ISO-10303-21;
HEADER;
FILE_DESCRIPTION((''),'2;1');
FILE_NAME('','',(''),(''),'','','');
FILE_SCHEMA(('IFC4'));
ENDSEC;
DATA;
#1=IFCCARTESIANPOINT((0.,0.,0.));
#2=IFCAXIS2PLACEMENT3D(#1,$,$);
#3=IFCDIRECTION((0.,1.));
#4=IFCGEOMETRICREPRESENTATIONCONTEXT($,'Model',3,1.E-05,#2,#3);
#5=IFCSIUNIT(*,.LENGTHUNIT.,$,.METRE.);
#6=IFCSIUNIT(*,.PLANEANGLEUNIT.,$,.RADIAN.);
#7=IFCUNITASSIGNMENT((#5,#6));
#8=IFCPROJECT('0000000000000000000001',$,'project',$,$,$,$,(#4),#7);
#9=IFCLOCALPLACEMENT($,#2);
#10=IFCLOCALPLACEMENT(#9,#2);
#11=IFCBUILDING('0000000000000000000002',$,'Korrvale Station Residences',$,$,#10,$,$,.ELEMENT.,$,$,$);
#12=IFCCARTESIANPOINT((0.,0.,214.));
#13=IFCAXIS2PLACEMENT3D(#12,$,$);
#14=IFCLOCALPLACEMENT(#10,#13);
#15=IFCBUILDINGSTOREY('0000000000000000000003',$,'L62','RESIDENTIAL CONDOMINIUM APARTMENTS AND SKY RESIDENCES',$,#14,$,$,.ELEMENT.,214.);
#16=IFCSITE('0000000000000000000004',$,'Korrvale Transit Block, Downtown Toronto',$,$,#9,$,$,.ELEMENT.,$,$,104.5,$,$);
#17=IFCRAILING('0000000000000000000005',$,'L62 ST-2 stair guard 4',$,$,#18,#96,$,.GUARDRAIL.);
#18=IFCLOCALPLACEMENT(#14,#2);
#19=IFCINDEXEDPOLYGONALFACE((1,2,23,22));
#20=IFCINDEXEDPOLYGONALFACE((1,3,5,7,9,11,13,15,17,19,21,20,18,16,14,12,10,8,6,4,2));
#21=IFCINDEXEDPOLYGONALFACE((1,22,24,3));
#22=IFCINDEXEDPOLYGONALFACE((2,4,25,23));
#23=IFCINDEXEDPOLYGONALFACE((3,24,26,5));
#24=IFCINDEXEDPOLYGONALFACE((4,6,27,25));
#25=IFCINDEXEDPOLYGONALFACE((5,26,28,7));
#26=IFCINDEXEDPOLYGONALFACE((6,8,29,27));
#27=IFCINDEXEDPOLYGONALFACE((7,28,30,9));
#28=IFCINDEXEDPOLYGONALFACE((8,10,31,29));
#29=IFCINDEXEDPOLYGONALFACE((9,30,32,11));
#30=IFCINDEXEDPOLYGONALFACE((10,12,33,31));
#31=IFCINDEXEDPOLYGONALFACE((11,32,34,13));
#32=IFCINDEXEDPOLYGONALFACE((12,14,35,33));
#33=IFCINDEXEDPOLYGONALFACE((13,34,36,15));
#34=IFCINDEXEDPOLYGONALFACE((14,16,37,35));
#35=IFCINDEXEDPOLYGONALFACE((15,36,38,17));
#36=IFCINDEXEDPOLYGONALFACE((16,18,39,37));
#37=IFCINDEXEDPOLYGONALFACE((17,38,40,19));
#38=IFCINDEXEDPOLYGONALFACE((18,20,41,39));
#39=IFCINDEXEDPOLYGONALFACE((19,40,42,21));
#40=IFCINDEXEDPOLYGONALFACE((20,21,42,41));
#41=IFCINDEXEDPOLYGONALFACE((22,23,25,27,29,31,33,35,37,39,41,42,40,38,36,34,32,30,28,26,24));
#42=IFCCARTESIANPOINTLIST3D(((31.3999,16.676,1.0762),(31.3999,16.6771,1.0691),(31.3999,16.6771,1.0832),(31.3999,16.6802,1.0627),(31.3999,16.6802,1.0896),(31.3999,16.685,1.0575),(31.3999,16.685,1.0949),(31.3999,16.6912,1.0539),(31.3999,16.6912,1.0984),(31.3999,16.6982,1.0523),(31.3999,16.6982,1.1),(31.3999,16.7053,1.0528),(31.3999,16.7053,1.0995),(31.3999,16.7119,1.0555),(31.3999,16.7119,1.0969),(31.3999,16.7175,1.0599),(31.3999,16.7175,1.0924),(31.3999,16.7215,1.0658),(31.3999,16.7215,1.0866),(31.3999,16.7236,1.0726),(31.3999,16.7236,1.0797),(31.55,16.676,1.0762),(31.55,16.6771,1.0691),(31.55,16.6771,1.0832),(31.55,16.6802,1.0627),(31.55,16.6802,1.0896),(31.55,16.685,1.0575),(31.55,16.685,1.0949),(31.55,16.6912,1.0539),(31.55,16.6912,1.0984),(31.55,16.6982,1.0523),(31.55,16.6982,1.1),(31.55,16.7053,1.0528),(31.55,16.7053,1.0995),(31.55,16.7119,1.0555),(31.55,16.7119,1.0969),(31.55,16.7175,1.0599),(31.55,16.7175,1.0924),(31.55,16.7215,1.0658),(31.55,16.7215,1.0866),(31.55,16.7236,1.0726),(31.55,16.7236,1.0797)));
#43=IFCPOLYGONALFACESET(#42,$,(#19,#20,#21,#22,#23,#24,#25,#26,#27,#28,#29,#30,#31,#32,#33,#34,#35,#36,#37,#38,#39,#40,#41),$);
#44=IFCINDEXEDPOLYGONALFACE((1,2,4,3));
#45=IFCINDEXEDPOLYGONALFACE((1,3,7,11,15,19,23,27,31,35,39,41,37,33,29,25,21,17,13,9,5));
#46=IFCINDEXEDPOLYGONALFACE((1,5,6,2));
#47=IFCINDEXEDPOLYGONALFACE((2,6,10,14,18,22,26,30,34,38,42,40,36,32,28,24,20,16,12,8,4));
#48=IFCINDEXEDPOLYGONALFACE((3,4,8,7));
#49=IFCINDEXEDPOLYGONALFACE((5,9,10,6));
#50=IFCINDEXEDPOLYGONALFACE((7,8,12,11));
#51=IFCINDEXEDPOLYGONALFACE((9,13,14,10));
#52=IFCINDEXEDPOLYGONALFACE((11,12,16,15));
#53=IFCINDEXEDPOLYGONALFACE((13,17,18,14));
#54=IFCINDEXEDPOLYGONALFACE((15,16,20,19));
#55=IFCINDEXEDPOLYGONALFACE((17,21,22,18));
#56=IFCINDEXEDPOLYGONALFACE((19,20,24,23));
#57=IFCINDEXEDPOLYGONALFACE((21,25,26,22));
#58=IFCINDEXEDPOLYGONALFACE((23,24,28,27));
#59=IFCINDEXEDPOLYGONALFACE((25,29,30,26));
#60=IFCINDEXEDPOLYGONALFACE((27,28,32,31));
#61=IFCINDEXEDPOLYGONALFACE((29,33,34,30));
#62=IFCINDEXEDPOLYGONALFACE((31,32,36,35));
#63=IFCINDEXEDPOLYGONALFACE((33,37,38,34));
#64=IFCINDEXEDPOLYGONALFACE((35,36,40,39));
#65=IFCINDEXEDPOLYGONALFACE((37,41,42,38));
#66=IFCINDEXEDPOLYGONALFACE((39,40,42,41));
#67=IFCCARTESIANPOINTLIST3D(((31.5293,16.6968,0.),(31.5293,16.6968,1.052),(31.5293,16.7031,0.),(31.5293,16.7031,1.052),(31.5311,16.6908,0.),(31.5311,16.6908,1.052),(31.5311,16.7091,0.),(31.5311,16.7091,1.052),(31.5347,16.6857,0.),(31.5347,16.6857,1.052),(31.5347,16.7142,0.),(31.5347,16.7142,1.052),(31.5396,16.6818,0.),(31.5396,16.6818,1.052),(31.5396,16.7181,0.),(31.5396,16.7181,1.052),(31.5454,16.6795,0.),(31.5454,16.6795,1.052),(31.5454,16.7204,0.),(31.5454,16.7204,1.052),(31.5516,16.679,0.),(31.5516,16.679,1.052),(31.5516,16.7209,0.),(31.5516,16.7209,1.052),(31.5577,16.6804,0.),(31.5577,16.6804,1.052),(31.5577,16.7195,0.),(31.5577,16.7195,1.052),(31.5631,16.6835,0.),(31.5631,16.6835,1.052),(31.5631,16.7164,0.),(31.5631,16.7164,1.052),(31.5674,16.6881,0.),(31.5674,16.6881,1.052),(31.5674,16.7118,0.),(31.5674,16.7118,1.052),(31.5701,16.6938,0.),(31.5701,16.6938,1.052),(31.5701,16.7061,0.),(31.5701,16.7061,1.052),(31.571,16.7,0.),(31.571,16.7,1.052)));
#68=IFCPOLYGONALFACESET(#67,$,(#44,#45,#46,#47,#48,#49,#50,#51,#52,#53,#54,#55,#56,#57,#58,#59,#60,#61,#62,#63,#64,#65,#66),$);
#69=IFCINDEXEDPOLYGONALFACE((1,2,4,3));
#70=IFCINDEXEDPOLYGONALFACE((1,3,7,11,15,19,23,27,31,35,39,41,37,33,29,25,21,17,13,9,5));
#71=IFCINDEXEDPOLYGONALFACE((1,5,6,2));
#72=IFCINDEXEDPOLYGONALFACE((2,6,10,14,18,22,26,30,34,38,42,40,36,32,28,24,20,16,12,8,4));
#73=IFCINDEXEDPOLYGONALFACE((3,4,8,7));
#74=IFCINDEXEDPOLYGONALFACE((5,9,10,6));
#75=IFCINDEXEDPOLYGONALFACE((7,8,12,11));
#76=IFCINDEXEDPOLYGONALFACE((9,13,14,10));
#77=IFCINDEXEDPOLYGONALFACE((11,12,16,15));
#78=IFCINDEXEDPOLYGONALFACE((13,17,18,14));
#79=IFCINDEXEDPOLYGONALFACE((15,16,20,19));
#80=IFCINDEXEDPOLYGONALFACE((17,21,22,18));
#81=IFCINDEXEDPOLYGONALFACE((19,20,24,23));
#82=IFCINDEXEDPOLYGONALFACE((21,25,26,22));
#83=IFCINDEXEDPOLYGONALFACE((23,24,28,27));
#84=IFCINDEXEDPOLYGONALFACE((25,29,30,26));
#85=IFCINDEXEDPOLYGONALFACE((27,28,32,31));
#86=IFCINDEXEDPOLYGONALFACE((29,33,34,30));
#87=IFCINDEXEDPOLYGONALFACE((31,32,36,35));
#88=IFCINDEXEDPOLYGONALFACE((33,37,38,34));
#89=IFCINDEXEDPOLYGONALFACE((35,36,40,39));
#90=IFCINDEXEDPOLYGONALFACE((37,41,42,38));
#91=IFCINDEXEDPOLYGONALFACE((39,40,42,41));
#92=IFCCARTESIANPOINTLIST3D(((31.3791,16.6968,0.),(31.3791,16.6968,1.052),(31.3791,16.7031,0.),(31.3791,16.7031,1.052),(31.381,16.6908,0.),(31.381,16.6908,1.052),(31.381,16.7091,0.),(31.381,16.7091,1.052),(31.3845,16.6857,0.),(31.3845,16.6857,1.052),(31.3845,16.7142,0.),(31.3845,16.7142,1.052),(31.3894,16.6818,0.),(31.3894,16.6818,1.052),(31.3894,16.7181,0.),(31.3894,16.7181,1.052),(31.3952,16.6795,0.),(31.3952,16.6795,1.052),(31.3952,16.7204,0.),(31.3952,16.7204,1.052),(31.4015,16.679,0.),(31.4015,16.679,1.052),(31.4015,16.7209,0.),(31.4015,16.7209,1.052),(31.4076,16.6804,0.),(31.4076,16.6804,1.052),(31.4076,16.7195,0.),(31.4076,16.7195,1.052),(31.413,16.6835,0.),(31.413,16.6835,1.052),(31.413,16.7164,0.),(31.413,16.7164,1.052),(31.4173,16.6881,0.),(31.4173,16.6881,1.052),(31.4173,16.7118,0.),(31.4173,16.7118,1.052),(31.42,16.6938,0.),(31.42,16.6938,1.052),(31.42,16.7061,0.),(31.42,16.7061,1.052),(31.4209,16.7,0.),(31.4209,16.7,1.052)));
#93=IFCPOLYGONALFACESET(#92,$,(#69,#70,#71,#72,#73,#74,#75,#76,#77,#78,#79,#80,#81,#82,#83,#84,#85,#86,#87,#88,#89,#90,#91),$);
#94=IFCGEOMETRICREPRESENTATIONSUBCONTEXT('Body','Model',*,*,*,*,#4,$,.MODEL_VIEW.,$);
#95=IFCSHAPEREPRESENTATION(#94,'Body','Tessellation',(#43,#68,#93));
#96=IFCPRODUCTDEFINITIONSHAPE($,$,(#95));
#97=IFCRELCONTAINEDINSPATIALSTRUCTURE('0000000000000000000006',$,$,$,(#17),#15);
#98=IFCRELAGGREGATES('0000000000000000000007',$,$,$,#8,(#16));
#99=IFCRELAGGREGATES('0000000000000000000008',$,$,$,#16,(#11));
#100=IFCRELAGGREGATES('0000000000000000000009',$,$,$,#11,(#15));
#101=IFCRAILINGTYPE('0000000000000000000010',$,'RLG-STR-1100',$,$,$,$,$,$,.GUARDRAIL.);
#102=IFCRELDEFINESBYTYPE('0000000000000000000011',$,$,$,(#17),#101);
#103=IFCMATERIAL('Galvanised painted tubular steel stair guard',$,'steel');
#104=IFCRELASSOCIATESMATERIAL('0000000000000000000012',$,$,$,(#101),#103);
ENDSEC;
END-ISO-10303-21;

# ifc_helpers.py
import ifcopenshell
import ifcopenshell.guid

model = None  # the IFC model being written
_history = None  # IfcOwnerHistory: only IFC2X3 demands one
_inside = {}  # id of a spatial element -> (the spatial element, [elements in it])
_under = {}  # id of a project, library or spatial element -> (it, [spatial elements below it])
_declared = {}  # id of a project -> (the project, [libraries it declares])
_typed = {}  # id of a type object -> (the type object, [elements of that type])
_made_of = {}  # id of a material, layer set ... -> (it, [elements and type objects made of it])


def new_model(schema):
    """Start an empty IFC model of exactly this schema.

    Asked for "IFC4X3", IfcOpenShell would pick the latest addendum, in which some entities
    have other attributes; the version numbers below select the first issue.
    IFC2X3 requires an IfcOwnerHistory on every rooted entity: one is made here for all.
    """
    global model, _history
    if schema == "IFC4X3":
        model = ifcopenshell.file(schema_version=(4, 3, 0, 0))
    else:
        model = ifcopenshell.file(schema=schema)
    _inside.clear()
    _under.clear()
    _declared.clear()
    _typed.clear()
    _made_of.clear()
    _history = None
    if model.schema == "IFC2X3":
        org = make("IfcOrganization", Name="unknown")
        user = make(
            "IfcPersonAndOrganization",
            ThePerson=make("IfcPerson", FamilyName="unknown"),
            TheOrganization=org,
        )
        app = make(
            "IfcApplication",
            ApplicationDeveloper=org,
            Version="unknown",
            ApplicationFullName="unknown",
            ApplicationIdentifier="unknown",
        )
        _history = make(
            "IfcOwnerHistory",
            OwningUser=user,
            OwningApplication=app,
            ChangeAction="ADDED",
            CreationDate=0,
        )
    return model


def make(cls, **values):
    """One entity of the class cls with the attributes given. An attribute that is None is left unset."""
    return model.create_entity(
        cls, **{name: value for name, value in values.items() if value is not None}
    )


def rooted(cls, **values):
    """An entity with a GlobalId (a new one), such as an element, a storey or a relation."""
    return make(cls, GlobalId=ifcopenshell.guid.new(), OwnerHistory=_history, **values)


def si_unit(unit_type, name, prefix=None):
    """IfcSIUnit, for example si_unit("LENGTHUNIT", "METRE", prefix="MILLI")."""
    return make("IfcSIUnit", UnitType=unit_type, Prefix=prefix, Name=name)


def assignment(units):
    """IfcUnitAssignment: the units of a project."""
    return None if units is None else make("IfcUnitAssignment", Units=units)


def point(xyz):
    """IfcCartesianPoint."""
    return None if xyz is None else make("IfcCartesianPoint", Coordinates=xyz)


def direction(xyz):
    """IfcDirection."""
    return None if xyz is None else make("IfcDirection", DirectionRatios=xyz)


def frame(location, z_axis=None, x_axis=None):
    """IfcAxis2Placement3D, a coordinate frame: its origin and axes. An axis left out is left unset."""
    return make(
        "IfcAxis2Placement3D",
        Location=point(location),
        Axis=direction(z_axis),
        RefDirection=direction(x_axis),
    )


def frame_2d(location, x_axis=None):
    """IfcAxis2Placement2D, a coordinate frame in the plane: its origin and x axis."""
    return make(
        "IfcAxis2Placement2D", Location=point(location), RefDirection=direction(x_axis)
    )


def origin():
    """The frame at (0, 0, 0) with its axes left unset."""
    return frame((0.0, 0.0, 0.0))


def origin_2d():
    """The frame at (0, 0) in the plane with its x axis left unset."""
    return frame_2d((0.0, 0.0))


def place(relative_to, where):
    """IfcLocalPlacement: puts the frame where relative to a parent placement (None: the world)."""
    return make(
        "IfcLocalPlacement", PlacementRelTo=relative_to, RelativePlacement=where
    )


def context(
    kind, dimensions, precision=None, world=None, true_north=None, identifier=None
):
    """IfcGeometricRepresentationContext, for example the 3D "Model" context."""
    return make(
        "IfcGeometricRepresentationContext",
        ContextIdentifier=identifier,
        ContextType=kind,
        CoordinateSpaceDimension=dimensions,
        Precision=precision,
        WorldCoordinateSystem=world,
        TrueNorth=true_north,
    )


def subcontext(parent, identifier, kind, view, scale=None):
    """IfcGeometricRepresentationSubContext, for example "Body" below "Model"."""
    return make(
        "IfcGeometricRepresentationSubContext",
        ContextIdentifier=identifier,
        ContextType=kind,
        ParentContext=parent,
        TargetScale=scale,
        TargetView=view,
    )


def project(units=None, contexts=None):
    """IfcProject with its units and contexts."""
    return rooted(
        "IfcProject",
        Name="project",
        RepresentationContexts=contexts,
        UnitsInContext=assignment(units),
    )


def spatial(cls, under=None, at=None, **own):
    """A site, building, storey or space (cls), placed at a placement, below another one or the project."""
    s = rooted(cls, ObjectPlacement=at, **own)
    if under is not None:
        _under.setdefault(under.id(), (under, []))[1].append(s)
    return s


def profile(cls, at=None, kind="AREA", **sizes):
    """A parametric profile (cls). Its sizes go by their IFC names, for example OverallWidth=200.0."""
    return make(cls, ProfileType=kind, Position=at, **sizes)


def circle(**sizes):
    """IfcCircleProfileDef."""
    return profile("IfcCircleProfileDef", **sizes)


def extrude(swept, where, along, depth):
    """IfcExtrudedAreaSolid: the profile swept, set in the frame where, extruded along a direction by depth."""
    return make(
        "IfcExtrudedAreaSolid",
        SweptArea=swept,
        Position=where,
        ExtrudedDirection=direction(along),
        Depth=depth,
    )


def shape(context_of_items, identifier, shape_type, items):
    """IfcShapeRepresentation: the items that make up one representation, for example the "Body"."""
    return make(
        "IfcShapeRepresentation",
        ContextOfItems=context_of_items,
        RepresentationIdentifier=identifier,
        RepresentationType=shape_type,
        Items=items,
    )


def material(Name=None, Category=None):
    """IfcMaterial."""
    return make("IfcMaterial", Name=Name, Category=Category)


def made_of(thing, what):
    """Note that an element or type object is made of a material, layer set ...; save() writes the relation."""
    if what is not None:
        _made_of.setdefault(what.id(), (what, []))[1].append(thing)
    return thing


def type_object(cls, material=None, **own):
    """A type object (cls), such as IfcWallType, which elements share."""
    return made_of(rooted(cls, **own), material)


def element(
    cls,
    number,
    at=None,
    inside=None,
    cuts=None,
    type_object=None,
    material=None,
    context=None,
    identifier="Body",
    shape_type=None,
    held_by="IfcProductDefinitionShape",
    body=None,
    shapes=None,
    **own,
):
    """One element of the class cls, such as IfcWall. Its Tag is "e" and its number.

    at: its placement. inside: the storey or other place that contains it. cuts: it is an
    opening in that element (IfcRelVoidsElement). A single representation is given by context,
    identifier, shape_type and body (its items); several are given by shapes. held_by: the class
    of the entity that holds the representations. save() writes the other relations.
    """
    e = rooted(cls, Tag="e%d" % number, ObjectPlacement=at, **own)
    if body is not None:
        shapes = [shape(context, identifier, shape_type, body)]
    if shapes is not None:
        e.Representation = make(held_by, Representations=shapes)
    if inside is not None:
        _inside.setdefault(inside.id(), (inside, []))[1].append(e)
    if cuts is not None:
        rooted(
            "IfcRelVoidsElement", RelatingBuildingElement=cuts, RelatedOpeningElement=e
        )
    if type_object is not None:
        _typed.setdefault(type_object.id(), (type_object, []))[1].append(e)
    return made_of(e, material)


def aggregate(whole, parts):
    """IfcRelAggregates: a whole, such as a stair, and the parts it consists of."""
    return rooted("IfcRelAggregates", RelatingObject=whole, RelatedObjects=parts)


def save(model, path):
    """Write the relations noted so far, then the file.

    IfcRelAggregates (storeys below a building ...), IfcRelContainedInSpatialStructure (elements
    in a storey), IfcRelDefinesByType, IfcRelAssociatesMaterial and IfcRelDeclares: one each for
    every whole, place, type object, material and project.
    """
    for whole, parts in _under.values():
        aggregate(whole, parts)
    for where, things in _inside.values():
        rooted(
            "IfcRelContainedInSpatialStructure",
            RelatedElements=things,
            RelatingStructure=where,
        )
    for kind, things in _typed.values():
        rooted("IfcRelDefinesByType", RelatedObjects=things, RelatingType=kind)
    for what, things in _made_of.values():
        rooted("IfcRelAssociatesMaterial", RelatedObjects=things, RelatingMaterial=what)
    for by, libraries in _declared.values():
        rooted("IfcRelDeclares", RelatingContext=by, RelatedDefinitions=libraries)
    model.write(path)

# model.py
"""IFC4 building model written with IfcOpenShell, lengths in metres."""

from ifc_helpers import new_model, si_unit, direction, frame, origin, origin_2d, place, context, subcontext, project, spatial, circle, extrude, material, type_object, element, save


model = new_model("IFC4")

# Units and contexts
model_context = context("Model", 3, precision=1e-05, world=origin(), true_north=direction((0.0, 1.0)))
body_context = subcontext(model_context, "Body", "Model", "MODEL_VIEW")
ifc_project = project(units=[si_unit("LENGTHUNIT", "METRE"), si_unit("PLANEANGLEUNIT", "RADIAN")], contexts=[model_context])

# Site, building, storey
site_placement = place(None, origin())
site = spatial("IfcSite", under=ifc_project, at=site_placement, Name="Korrvale Transit Block, Downtown Toronto", CompositionType="ELEMENT", RefElevation=104.5)
building_placement = place(site_placement, origin())
building = spatial("IfcBuilding", under=site, at=building_placement, Name="Korrvale Station Residences", CompositionType="ELEMENT")
storey_placement = place(building_placement, frame((0.0, 0.0, 214.0)))
storey = spatial("IfcBuildingStorey", under=building, at=storey_placement, Name="L62", Description="RESIDENTIAL CONDOMINIUM APARTMENTS AND SKY RESIDENCES", CompositionType="ELEMENT", Elevation=214.0)

# Railing
ifc_material_1 = material(Name="Galvanised painted tubular steel stair guard", Category="steel")
railing_type_1 = type_object("IfcRailingType", Name="RLG-STR-1100", PredefinedType="GUARDRAIL", material=ifc_material_1)
railing_1_placement = place(storey_placement, frame((31.55, 16.7, 0.0)))
element("IfcRailing", 1, at=railing_1_placement, inside=storey, type_object=railing_type_1, Name="L62 ST-2 stair guard 4", PredefinedType="GUARDRAIL", context=body_context, shape_type="SweptSolid", body=[
    extrude(circle(Radius=0.0239, at=origin_2d()), frame((0.0, 0.0, 1.0762), z_axis=(-1.0, 0.0, 0.0), x_axis=(0.0, -1.0, 0.0)), (0.0, 0.0, 1.0), 0.1501),
    extrude(circle(Radius=0.021, at=origin_2d()), origin(), (0.0, 0.0, 1.0), 1.052),
    extrude(circle(Radius=0.021, at=origin_2d()), frame((-0.1501, 0.0, 0.0)), (0.0, 0.0, 1.0), 1.052),
])

save(model, "model.ifc")
